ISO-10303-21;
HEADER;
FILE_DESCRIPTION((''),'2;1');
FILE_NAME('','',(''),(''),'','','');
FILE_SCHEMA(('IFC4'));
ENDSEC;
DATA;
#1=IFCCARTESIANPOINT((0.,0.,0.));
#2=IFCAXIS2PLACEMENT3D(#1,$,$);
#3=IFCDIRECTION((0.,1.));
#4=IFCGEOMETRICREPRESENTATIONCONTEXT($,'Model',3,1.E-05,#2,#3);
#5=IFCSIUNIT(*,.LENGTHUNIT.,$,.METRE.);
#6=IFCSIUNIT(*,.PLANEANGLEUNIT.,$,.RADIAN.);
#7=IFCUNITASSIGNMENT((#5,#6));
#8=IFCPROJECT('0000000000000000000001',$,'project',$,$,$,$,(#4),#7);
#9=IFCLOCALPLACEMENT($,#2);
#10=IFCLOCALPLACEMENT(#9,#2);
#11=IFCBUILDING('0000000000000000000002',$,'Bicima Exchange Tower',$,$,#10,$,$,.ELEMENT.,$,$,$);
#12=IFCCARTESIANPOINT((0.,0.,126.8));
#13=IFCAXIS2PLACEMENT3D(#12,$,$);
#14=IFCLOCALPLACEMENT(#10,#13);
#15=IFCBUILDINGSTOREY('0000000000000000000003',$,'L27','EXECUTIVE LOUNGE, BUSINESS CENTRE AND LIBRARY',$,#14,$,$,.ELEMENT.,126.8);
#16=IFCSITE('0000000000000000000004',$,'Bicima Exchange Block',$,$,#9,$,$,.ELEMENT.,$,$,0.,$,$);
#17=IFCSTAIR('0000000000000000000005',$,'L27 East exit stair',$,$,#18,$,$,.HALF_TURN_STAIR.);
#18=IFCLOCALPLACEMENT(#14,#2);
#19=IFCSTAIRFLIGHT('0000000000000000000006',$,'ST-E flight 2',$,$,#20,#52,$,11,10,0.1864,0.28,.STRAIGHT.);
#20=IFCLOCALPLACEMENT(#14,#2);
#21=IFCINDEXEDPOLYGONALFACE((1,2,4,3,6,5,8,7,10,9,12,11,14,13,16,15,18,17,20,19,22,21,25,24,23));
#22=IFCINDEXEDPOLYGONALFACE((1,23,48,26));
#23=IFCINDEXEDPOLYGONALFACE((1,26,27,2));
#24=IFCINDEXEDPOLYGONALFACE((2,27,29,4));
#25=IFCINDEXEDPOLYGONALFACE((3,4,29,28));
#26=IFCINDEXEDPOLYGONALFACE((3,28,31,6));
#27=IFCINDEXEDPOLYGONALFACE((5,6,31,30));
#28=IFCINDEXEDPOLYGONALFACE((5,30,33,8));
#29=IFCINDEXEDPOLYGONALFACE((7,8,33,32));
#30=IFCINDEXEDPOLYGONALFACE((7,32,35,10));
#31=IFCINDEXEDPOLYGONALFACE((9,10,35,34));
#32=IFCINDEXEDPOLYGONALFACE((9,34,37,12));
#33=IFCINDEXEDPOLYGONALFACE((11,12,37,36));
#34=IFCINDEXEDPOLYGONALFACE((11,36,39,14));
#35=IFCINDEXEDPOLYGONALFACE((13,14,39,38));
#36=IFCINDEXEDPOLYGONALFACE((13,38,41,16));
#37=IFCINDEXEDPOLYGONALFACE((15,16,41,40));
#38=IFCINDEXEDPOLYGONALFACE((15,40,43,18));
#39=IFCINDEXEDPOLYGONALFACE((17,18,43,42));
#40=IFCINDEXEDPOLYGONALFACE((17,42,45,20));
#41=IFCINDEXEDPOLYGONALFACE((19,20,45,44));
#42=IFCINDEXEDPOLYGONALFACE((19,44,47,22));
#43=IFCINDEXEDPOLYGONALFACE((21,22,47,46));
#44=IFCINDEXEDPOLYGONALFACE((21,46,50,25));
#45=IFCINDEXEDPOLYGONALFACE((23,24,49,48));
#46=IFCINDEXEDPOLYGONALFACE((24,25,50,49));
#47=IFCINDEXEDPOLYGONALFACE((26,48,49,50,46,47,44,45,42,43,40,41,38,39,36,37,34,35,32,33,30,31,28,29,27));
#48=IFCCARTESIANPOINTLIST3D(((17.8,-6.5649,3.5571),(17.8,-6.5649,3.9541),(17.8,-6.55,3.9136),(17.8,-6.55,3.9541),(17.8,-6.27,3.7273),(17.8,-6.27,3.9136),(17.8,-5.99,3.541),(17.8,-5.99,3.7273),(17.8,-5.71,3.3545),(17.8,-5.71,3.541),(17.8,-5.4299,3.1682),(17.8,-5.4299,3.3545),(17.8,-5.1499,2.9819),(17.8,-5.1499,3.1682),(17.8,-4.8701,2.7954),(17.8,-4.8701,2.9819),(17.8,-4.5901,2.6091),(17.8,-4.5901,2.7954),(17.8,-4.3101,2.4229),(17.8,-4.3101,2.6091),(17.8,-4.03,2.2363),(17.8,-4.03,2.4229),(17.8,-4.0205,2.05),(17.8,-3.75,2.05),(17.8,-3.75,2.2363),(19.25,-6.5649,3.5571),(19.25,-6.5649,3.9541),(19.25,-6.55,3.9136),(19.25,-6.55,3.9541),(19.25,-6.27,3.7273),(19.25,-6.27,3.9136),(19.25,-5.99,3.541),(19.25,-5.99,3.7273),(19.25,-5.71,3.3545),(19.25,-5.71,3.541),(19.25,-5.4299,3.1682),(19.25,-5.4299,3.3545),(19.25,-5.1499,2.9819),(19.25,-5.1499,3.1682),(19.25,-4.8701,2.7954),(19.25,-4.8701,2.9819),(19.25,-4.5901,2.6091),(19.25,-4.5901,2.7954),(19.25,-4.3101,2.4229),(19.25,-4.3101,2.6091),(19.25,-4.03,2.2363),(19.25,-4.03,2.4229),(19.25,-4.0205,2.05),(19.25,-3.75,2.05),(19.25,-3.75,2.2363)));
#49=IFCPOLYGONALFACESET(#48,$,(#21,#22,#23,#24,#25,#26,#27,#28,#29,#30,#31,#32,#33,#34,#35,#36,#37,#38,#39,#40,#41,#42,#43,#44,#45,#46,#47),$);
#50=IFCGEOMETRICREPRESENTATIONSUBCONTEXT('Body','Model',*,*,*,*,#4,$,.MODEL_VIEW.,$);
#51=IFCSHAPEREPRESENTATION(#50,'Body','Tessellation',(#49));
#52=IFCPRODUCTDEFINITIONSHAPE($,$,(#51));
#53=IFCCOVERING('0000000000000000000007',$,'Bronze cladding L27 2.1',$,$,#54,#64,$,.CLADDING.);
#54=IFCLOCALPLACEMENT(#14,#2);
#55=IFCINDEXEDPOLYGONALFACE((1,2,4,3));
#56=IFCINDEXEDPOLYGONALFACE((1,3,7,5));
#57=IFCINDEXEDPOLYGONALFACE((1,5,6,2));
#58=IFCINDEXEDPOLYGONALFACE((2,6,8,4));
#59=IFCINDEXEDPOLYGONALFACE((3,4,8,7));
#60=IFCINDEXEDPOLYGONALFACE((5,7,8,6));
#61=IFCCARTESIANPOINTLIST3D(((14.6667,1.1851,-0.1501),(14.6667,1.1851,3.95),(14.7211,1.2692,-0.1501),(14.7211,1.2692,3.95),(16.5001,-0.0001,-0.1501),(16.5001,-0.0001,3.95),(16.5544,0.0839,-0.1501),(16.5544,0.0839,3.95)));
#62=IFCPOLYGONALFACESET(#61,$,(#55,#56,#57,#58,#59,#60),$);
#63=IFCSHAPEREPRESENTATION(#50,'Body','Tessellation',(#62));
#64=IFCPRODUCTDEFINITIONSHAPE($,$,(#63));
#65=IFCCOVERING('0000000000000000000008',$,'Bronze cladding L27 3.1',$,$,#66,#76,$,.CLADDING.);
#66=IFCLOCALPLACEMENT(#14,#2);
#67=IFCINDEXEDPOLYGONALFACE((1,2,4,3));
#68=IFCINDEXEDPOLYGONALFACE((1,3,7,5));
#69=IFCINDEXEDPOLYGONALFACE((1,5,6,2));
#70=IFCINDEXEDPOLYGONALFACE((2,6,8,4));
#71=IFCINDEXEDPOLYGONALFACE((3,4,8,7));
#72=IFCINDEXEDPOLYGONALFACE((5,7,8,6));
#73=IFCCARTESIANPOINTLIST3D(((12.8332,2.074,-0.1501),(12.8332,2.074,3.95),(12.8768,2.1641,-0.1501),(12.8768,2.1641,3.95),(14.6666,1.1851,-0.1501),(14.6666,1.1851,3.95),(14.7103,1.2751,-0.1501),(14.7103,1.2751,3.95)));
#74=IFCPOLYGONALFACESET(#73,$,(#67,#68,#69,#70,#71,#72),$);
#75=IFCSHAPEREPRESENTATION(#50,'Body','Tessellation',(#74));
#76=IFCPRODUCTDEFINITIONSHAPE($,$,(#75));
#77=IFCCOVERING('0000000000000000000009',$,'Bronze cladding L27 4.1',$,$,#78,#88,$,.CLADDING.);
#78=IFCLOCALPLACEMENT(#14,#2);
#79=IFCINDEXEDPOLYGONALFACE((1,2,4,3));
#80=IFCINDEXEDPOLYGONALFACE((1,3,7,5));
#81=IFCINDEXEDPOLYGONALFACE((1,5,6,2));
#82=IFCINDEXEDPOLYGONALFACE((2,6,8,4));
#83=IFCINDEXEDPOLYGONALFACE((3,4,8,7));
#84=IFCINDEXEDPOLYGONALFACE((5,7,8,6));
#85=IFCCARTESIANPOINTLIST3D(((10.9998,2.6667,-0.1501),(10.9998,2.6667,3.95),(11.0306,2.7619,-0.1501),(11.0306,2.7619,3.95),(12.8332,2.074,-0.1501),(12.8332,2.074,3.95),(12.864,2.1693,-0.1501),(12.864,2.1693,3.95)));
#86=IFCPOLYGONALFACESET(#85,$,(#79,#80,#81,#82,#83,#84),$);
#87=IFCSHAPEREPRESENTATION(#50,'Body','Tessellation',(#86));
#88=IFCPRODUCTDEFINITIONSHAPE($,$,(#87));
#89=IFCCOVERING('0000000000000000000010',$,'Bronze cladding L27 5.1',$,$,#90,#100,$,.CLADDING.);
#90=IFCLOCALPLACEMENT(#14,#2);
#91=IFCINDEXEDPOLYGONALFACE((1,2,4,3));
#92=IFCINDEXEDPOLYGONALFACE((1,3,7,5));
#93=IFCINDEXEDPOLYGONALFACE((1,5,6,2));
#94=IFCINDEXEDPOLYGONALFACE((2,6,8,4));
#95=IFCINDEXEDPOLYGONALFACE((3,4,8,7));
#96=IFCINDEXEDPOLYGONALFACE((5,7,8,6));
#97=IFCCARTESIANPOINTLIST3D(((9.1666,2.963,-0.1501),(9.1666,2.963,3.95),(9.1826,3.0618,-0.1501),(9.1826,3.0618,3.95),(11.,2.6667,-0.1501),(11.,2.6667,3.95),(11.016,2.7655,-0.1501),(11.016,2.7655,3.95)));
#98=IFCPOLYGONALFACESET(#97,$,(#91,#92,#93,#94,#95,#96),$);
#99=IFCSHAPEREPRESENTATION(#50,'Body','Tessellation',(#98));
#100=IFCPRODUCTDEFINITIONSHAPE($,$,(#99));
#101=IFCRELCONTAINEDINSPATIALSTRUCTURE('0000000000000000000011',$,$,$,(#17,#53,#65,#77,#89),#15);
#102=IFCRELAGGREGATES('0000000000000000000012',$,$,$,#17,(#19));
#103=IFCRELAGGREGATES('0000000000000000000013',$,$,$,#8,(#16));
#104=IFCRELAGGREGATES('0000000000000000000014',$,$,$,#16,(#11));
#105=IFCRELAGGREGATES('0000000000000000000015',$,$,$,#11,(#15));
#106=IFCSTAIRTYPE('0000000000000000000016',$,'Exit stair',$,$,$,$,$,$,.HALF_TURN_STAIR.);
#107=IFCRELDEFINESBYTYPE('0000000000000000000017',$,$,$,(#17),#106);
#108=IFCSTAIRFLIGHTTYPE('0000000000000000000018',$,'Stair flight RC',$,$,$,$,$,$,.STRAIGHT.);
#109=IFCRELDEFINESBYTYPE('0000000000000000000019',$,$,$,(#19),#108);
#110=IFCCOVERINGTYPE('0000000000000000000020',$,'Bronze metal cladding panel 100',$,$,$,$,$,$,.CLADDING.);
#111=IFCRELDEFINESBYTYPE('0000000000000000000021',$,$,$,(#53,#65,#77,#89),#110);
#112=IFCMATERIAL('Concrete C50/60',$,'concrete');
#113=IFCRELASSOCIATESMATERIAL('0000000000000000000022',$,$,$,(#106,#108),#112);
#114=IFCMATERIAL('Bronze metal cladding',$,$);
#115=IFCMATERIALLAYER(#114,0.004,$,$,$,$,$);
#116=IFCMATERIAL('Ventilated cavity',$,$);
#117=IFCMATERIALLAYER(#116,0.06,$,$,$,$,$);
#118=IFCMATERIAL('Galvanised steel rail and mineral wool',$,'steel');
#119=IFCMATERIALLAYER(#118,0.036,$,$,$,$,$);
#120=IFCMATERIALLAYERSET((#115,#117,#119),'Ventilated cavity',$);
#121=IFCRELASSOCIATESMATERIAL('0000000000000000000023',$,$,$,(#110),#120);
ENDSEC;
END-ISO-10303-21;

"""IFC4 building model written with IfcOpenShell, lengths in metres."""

from ifc_helpers import new_model, si_unit, direction, frame, origin, origin_2d, place, context, subcontext, project, spatial, polyline, rectangle, outline, extrude, material, layer, layer_set, type_object, element, aggregate, save


model = new_model("IFC4")

# Units and contexts
model_context = context("Model", 3, precision=1e-05, world=origin(), true_north=direction((0.0, 1.0)))
body_context = subcontext(model_context, "Body", "Model", "MODEL_VIEW")
ifc_project = project(units=[si_unit("LENGTHUNIT", "METRE"), si_unit("PLANEANGLEUNIT", "RADIAN")], contexts=[model_context])

# Site, building, storey
site_placement = place(None, origin())
site = spatial("IfcSite", under=ifc_project, at=site_placement, Name="Bicima Exchange Block", CompositionType="ELEMENT", RefElevation=0.0)
building_placement = place(site_placement, origin())
building = spatial("IfcBuilding", under=site, at=building_placement, Name="Bicima Exchange Tower", CompositionType="ELEMENT")
storey_placement = place(building_placement, frame((0.0, 0.0, 126.8)))
storey = spatial("IfcBuildingStorey", under=building, at=storey_placement, Name="L27", Description="EXECUTIVE LOUNGE, BUSINESS CENTRE AND LIBRARY", CompositionType="ELEMENT", Elevation=126.8)

# Shared definitions
ifc_material_1 = material(Name="Concrete C50/60", Category="concrete")

# Stair, stair flight
stair_type = type_object("IfcStairType", Name="Exit stair", PredefinedType="HALF_TURN_STAIR", material=ifc_material_1)
stair_placement = place(storey_placement, origin())
stair = element("IfcStair", 1, at=stair_placement, inside=storey, type_object=stair_type, Name="L27 East exit stair", PredefinedType="HALF_TURN_STAIR")
stair_flight_type = type_object("IfcStairFlightType", Name="Stair flight RC", PredefinedType="STRAIGHT", material=ifc_material_1)
stair_flight_placement = place(storey_placement, frame((18.5249, -3.75, 2.05), z_axis=(0.0, 0.0, 1.0), x_axis=(0.0, -1.0, 0.0)))
stair_flight = element("IfcStairFlight", 2, at=stair_flight_placement, type_object=stair_flight_type, Name="ST-E flight 2", NumberOfRisers=11, NumberOfTreads=10, PredefinedType="STRAIGHT", RiserHeight=0.1864, TreadLength=0.28, context=body_context, shape_type="SweptSolid", body=[
    extrude(outline(polyline([(0.0, 0.0), (0.0, 0.1863), (0.28, 0.1863), (0.28, 0.3728), (0.5601, 0.3728), (0.5601, 0.5591), (0.8401, 0.5591), (0.8401, 0.7454), (1.1201, 0.7454), (1.1201, 0.9319), (1.3999, 0.9319), (1.3999, 1.1182), (1.6799, 1.1182), (1.6799, 1.3044), (1.96, 1.3044), (1.96, 1.491), (2.24, 1.491), (2.24, 1.6772), (2.52, 1.6772), (2.52, 1.8635), (2.8, 1.8635), (2.8, 1.9041), (2.8149, 1.9041), (2.8149, 1.5071), (0.2705, 0.0), (0.0, 0.0)])), frame((0.0, 0.7251, 0.0), z_axis=(0.0, -1.0, 0.0), x_axis=(1.0, 0.0, 0.0)), (0.0, 0.0, 1.0), 1.45),
])
aggregate(stair, [stair_flight])

# Coverings
ifc_material_2 = material(Name="Bronze metal cladding")
ifc_layer_1 = layer(ifc_material_2, 0.004)
ifc_material_3 = material(Name="Ventilated cavity")
ifc_layer_2 = layer(ifc_material_3, 0.06)
ifc_material_4 = material(Name="Galvanised steel rail and mineral wool", Category="steel")
ifc_layer_3 = layer(ifc_material_4, 0.036)
ifc_layer_set_1 = layer_set([ifc_layer_1, ifc_layer_2, ifc_layer_3], Name="Ventilated cavity")
covering_type = type_object("IfcCoveringType", Name="Bronze metal cladding panel 100", PredefinedType="CLADDING", material=ifc_layer_set_1)
covering_1_placement = place(storey_placement, frame((15.6106, 0.6345, -0.1501), z_axis=(0.0, 0.0, 1.0), x_axis=(-0.83979, 0.542911, 0.0)))
element("IfcCovering", 3, at=covering_1_placement, inside=storey, type_object=covering_type, Name="Bronze cladding L27 2.1", PredefinedType="CLADDING", context=body_context, shape_type="SweptSolid", body=[
    extrude(rectangle(XDim=2.1831, YDim=0.1001, at=origin_2d()), origin(), (0.0, 0.0, 1.0), 4.1001),
])
covering_2_placement = place(storey_placement, frame((13.7717, 1.6746, -0.1501), z_axis=(0.0, 0.0, 1.0), x_axis=(-0.899818, 0.436265, 0.0)))
element("IfcCovering", 4, at=covering_2_placement, inside=storey, type_object=covering_type, Name="Bronze cladding L27 3.1", PredefinedType="CLADDING", context=body_context, shape_type="SweptSolid", body=[
    extrude(rectangle(XDim=2.0376, YDim=0.1001, at=origin_2d()), origin(), (0.0, 0.0, 1.0), 4.1001),
])
covering_3_placement = place(storey_placement, frame((11.9319, 2.418, -0.1501), z_axis=(0.0, 0.0, 1.0), x_axis=(-0.951525, 0.307573, 0.0)))
element("IfcCovering", 5, at=covering_3_placement, inside=storey, type_object=covering_type, Name="Bronze cladding L27 4.1", PredefinedType="CLADDING", context=body_context, shape_type="SweptSolid", body=[
    extrude(rectangle(XDim=1.9268, YDim=0.1001, at=origin_2d()), origin(), (0.0, 0.0, 1.0), 4.1001),
])
covering_4_placement = place(storey_placement, frame((10.0913, 2.8643, -0.1501), z_axis=(0.0, 0.0, 1.0), x_axis=(-0.98719, 0.15955, 0.0)))
element("IfcCovering", 6, at=covering_4_placement, inside=storey, type_object=covering_type, Name="Bronze cladding L27 5.1", PredefinedType="CLADDING", context=body_context, shape_type="SweptSolid", body=[
    extrude(rectangle(XDim=1.8572, YDim=0.1001, at=origin_2d()), origin(), (0.0, 0.0, 1.0), 4.1001),
])

save(model, "model.ifc")
